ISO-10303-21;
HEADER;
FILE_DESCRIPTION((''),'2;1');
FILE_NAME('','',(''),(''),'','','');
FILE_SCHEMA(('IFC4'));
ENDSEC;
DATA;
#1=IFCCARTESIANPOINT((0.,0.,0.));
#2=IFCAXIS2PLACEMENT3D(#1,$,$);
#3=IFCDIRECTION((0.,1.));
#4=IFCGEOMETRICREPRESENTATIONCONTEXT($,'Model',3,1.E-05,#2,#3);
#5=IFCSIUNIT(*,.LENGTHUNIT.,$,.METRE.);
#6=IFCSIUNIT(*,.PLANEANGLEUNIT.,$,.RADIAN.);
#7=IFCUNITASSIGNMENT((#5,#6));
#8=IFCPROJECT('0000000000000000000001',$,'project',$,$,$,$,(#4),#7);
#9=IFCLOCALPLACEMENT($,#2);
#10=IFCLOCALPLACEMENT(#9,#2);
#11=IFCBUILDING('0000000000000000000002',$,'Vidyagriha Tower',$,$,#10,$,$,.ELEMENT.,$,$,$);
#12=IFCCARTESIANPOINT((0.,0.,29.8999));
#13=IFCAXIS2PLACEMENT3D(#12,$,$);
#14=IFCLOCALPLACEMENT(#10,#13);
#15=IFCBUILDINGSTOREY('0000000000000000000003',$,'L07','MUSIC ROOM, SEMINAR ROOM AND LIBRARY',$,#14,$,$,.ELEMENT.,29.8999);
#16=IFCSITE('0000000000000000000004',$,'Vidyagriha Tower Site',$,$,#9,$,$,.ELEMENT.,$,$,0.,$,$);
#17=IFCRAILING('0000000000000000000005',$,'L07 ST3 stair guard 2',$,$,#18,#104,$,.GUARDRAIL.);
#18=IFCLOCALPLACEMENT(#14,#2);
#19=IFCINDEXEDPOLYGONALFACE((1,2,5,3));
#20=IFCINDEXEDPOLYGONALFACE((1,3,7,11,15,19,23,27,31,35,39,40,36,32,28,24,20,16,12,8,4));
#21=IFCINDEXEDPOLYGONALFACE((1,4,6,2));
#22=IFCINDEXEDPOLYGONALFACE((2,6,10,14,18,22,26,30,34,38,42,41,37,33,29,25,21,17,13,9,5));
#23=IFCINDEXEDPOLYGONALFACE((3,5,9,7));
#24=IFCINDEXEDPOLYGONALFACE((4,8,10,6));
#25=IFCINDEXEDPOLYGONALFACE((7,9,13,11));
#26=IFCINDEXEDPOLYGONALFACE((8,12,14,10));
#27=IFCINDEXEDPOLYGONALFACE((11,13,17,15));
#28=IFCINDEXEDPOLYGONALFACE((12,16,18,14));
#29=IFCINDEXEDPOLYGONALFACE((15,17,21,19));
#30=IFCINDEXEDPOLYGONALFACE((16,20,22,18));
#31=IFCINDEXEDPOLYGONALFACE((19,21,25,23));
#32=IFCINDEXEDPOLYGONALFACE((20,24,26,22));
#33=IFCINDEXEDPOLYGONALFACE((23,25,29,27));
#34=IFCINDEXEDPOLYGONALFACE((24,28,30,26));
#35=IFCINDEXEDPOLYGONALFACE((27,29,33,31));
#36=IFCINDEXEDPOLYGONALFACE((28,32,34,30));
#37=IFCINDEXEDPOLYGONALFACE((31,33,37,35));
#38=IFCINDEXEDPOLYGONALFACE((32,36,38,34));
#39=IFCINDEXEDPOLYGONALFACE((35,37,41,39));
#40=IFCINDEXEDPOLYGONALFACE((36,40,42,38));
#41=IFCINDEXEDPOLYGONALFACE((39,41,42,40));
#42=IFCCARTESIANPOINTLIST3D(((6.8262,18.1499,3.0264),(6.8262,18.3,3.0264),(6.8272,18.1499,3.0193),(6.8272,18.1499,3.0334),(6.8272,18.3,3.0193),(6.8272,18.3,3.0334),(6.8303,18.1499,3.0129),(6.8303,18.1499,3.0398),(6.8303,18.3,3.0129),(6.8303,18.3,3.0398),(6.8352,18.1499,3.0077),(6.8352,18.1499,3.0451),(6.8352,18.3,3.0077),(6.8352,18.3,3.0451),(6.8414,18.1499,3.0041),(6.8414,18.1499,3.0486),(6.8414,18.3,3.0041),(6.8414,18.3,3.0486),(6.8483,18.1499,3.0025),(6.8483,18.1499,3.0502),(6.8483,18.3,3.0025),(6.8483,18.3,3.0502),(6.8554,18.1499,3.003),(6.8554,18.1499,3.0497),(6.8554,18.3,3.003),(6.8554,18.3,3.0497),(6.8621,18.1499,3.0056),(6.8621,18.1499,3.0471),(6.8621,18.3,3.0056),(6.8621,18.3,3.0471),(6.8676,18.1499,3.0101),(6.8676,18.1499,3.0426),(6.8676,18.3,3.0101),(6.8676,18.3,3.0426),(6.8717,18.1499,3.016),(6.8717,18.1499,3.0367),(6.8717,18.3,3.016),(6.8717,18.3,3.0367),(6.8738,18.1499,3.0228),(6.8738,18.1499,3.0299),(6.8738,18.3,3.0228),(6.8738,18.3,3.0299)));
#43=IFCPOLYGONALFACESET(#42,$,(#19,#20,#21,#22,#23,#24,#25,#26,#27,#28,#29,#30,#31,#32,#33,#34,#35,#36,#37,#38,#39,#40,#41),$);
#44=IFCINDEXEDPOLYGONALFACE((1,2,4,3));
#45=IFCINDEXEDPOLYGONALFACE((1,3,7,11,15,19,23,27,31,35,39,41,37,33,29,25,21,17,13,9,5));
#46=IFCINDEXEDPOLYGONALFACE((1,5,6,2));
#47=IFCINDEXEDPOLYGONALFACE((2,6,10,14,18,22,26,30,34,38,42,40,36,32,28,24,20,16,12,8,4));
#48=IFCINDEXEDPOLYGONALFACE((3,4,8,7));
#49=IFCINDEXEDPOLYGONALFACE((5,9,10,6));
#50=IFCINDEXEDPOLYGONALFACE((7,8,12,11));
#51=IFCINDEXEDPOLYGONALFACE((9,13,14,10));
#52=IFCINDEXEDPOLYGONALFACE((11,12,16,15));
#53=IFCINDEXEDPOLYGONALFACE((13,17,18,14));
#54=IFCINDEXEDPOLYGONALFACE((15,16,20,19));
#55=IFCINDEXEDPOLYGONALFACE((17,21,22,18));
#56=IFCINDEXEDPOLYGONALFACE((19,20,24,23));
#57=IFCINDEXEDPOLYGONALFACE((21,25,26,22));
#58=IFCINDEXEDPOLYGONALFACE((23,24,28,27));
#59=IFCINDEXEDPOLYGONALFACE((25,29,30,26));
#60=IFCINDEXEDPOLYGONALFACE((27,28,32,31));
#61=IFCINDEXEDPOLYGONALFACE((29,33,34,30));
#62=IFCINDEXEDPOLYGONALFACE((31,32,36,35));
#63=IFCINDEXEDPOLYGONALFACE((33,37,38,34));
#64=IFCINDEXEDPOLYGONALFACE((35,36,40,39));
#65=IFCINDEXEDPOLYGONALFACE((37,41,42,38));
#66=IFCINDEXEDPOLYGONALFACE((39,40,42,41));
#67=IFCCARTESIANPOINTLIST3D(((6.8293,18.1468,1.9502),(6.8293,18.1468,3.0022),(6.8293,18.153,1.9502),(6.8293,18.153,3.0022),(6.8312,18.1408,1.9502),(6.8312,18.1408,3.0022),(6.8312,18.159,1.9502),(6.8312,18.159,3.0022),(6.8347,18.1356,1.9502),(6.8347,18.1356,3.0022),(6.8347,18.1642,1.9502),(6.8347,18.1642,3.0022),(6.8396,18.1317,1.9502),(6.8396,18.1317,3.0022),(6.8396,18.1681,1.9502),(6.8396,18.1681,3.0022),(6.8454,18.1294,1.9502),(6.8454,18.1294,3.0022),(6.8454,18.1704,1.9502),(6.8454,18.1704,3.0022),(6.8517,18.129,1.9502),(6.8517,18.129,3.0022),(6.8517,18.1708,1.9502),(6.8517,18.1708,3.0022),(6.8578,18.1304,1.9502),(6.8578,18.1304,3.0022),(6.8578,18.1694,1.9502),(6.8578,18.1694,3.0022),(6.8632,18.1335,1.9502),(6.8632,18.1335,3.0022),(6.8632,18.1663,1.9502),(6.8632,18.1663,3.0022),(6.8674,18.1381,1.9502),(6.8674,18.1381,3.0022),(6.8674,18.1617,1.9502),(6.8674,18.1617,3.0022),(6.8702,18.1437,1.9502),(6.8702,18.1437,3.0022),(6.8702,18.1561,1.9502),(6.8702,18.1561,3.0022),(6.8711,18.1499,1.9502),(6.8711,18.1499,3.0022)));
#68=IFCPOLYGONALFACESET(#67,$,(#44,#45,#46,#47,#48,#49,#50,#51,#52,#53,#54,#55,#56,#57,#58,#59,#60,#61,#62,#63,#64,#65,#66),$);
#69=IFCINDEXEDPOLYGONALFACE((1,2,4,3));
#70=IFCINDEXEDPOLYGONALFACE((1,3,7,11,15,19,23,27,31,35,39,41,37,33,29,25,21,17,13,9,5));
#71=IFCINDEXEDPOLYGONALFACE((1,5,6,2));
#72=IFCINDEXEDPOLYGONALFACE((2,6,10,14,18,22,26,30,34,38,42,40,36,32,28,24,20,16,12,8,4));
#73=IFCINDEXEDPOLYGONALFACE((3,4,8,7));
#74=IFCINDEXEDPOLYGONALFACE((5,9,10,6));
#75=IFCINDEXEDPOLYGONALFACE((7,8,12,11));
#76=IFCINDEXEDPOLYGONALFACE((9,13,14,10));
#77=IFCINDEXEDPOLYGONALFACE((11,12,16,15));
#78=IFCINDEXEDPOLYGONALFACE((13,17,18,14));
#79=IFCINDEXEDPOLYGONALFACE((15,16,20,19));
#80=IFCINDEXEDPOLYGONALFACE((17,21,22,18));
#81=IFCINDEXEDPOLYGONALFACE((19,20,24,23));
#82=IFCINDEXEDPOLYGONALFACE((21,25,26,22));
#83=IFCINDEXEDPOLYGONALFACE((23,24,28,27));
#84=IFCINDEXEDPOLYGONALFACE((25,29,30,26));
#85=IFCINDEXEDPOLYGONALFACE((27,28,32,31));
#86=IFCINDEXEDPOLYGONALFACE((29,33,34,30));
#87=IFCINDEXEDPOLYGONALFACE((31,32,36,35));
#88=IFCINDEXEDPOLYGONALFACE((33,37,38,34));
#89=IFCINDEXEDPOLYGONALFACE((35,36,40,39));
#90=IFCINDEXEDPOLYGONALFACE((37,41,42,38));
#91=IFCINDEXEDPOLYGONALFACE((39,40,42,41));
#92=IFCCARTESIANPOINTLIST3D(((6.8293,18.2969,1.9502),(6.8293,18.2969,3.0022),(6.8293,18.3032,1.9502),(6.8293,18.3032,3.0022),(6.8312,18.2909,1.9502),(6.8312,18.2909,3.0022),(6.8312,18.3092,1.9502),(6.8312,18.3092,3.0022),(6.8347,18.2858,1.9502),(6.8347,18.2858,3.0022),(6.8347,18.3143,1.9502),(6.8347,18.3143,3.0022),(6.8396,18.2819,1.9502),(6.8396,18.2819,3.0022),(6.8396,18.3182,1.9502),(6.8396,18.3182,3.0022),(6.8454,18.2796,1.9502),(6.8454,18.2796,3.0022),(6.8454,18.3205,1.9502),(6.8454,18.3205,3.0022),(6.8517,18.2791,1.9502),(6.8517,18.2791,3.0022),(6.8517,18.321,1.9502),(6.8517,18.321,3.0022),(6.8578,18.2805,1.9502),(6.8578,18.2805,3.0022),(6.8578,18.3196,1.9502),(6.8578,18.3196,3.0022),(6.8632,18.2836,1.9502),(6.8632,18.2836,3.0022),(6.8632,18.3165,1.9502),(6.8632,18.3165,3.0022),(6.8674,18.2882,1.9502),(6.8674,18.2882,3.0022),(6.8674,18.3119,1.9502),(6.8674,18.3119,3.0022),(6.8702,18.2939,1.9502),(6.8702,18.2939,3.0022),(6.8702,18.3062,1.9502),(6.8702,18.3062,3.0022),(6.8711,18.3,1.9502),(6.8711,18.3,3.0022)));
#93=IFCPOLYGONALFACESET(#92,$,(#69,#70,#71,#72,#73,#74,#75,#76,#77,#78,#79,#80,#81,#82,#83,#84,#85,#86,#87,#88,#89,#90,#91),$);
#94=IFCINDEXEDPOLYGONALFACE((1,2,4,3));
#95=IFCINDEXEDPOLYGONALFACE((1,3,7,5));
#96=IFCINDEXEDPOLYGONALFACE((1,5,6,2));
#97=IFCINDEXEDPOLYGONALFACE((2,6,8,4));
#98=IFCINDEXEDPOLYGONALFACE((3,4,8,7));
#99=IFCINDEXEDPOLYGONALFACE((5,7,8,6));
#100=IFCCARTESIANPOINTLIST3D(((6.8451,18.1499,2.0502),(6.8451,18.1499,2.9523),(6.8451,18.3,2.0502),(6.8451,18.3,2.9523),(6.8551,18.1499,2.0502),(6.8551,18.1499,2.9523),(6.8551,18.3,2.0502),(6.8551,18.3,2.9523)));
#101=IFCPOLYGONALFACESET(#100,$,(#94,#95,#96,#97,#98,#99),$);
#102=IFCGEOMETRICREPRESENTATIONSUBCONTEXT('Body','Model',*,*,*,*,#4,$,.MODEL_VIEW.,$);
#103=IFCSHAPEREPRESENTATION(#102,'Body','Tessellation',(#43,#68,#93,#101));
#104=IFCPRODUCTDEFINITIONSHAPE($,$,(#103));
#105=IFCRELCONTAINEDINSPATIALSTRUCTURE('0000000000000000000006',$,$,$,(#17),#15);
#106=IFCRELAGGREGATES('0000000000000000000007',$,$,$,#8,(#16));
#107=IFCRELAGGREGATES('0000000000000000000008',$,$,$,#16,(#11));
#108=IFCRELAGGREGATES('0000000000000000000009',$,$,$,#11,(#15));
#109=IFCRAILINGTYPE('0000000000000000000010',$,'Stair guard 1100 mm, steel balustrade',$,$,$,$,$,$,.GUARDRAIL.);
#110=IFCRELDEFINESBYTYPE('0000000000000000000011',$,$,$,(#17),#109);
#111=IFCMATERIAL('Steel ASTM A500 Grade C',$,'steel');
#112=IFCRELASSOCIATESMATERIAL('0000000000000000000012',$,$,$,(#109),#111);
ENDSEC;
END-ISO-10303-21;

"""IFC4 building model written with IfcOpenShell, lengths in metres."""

from ifc_helpers import new_model, si_unit, direction, frame, origin, origin_2d, place, context, subcontext, project, spatial, rectangle, circle, extrude, material, type_object, element, save


model = new_model("IFC4")

# Units and contexts
model_context = context("Model", 3, precision=1e-05, world=origin(), true_north=direction((0.0, 1.0)))
body_context = subcontext(model_context, "Body", "Model", "MODEL_VIEW")
ifc_project = project(units=[si_unit("LENGTHUNIT", "METRE"), si_unit("PLANEANGLEUNIT", "RADIAN")], contexts=[model_context])

# Site, building, storey
site_placement = place(None, origin())
site = spatial("IfcSite", under=ifc_project, at=site_placement, Name="Vidyagriha Tower Site", CompositionType="ELEMENT", RefElevation=0.0)
building_placement = place(site_placement, origin())
building = spatial("IfcBuilding", under=site, at=building_placement, Name="Vidyagriha Tower", CompositionType="ELEMENT")
storey_placement = place(building_placement, frame((0.0, 0.0, 29.8999)))
storey = spatial("IfcBuildingStorey", under=building, at=storey_placement, Name="L07", Description="MUSIC ROOM, SEMINAR ROOM AND LIBRARY", CompositionType="ELEMENT", Elevation=29.8999)

# Railing
ifc_material_1 = material(Name="Steel ASTM A500 Grade C", Category="steel")
railing_type_1 = type_object("IfcRailingType", Name="Stair guard 1100 mm, steel balustrade", PredefinedType="GUARDRAIL", material=ifc_material_1)
railing_1_placement = place(storey_placement, frame((6.8501, 18.1499, 1.9502)))
element("IfcRailing", 1, at=railing_1_placement, inside=storey, type_object=railing_type_1, Name="L07 ST3 stair guard 2", PredefinedType="GUARDRAIL", context=body_context, shape_type="SweptSolid", body=[
    extrude(circle(Radius=0.0239, at=origin_2d()), frame((0.0, 0.0, 1.0762), z_axis=(0.0, 1.0, 0.0), x_axis=(-1.0, 0.0, 0.0)), (0.0, 0.0, 1.0), 0.1501),
    extrude(circle(Radius=0.021, at=origin_2d()), origin(), (0.0, 0.0, 1.0), 1.052),
    extrude(circle(Radius=0.021, at=origin_2d()), frame((0.0, 0.1501, 0.0)), (0.0, 0.0, 1.0), 1.052),
    extrude(rectangle(XDim=0.01, YDim=0.9021, at=origin_2d()), frame((0.0, 0.0, 0.551), z_axis=(0.0, 1.0, 0.0), x_axis=(-1.0, 0.0, 0.0)), (0.0, 0.0, 1.0), 0.1501),
])

save(model, "model.ifc")
